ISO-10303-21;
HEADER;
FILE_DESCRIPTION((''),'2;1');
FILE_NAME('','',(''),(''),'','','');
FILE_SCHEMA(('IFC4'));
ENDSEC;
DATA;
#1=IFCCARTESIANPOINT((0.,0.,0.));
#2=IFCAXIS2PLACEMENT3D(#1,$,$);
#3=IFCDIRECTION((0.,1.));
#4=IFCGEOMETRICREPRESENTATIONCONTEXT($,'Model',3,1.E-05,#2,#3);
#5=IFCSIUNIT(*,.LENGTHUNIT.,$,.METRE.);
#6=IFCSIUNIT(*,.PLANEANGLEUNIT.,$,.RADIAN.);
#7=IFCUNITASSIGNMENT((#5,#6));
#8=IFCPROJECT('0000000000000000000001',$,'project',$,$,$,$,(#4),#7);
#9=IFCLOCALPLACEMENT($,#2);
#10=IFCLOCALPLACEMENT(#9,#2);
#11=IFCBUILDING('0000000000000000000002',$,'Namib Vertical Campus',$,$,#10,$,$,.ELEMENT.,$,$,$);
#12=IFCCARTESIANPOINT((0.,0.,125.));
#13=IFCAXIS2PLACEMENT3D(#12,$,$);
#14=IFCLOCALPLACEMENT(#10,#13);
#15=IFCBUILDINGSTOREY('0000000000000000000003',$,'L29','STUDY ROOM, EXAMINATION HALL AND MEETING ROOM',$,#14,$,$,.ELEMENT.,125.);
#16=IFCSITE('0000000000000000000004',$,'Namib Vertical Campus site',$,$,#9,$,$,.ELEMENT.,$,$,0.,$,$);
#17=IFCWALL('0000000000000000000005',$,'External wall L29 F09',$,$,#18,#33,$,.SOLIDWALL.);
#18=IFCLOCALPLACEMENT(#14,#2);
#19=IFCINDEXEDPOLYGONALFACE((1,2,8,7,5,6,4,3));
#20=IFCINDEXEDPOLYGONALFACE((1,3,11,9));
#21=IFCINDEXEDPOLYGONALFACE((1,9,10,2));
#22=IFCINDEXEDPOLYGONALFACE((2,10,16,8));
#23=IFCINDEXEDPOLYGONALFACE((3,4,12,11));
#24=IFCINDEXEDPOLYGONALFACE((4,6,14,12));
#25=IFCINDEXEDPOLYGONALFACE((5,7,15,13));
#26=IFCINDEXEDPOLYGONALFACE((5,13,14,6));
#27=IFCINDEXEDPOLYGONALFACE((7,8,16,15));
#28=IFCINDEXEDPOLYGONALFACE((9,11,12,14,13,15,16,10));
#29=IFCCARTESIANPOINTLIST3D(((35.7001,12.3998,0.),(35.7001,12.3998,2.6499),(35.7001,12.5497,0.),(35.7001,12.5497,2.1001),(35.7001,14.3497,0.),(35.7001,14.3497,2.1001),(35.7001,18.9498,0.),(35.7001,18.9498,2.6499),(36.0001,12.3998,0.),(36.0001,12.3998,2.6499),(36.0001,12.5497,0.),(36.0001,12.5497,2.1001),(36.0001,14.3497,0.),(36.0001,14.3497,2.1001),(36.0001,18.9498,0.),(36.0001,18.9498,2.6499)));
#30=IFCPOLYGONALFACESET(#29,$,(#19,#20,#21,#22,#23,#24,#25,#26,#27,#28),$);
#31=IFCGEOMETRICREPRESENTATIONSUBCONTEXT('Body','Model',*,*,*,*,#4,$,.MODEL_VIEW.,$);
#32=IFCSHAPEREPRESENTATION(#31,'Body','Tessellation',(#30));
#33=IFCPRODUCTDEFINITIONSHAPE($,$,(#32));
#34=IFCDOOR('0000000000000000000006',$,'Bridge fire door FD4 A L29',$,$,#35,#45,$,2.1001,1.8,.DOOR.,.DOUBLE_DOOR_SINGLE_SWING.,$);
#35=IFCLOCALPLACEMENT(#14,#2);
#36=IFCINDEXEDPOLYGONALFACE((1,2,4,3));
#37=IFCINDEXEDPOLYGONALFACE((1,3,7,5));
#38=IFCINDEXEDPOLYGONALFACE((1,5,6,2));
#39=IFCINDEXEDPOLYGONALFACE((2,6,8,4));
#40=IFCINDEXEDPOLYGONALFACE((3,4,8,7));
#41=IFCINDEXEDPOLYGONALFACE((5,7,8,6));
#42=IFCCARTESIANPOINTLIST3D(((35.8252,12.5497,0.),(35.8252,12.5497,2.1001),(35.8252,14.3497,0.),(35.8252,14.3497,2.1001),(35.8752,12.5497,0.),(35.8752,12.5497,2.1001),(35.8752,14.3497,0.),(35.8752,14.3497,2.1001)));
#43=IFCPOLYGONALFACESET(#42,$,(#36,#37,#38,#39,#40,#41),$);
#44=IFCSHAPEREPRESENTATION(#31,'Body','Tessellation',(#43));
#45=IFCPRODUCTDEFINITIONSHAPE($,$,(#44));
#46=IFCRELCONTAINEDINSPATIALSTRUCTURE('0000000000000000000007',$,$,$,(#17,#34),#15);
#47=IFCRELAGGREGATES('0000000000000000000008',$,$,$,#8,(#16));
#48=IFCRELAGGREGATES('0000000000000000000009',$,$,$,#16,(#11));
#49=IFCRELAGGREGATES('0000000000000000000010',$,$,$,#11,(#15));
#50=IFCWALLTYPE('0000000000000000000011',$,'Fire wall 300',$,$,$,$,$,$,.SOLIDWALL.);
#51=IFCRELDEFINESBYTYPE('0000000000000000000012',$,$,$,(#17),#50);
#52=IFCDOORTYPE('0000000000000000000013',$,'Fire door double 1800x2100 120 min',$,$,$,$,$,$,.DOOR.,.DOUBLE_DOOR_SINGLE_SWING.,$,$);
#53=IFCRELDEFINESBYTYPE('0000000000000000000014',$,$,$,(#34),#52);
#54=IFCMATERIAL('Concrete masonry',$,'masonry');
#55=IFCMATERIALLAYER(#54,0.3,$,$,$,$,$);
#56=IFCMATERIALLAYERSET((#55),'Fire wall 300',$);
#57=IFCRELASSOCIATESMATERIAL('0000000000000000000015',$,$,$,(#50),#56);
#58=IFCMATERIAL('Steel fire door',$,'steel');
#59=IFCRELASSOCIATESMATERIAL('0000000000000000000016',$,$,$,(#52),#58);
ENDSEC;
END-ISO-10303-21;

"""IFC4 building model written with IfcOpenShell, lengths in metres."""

from ifc_helpers import new_model, si_unit, direction, frame, frame_2d, origin, place, context, subcontext, project, spatial, rectangle, extrude, material, layer, layer_set, type_object, element, fill, save


model = new_model("IFC4")

# Units and contexts
model_context = context("Model", 3, precision=1e-05, world=origin(), true_north=direction((0.0, 1.0)))
body_context = subcontext(model_context, "Body", "Model", "MODEL_VIEW")
ifc_project = project(units=[si_unit("LENGTHUNIT", "METRE"), si_unit("PLANEANGLEUNIT", "RADIAN")], contexts=[model_context])

# Site, building, storey
site_placement = place(None, origin())
site = spatial("IfcSite", under=ifc_project, at=site_placement, Name="Namib Vertical Campus site", CompositionType="ELEMENT", RefElevation=0.0)
building_placement = place(site_placement, origin())
building = spatial("IfcBuilding", under=site, at=building_placement, Name="Namib Vertical Campus", CompositionType="ELEMENT")
storey_placement = place(building_placement, frame((0.0, 0.0, 125.0)))
storey = spatial("IfcBuildingStorey", under=building, at=storey_placement, Name="L29", Description="STUDY ROOM, EXAMINATION HALL AND MEETING ROOM", CompositionType="ELEMENT", Elevation=125.0)

# Wall, opening, door
ifc_material_1 = material(Name="Concrete masonry", Category="masonry")
ifc_layer_1 = layer(ifc_material_1, 0.3)
ifc_layer_set_1 = layer_set([ifc_layer_1], Name="Fire wall 300")
wall_type_1 = type_object("IfcWallType", Name="Fire wall 300", PredefinedType="SOLIDWALL", material=ifc_layer_set_1)
wall_1_placement = place(storey_placement, frame((35.8501, 12.3999, 0.0), z_axis=(0.0, 0.0, 1.0), x_axis=(0.0, 1.0, 0.0)))
wall_1 = element("IfcWall", 1, at=wall_1_placement, inside=storey, type_object=wall_type_1, Name="External wall L29 F09", PredefinedType="SOLIDWALL", context=body_context, shape_type="SweptSolid", body=[
    extrude(rectangle(XDim=6.55, YDim=0.3, at=frame_2d((3.2749, 0.0))), origin(), (0.0, 0.0, 1.0), 2.6499),
])
opening_1_placement = place(wall_1_placement, frame((0.1499, 0.0, 0.0)))
opening_1 = element("IfcOpeningElement", 2, at=opening_1_placement, cuts=wall_1, PredefinedType="OPENING", context=body_context, shape_type="SweptSolid", body=[
    extrude(rectangle(XDim=1.8, YDim=2.1001, at=frame_2d((0.8999, 1.05))), frame((0.0, 0.1599, 0.0), z_axis=(0.0, -1.0, 0.0), x_axis=(1.0, 0.0, 0.0)), (0.0, 0.0, 1.0), 0.3201),
])
ifc_material_2 = material(Name="Steel fire door", Category="steel")
door_type_1 = type_object("IfcDoorType", Name="Fire door double 1800x2100 120 min", OperationType="DOUBLE_DOOR_SINGLE_SWING", PredefinedType="DOOR", material=ifc_material_2)
door_1_placement = place(opening_1_placement, origin())
door_1 = element("IfcDoor", 3, at=door_1_placement, inside=storey, type_object=door_type_1, Name="Bridge fire door FD4 A L29", OperationType="DOUBLE_DOOR_SINGLE_SWING", OverallHeight=2.1001, OverallWidth=1.8, PredefinedType="DOOR", context=body_context, shape_type="SweptSolid", body=[
    extrude(rectangle(XDim=1.8, YDim=2.1001, at=frame_2d((0.8999, 1.05))), frame((0.0, 0.0249, 0.0), z_axis=(0.0, -1.0, 0.0), x_axis=(1.0, 0.0, 0.0)), (0.0, 0.0, 1.0), 0.05),
])
fill(opening_1, door_1)

save(model, "model.ifc")
